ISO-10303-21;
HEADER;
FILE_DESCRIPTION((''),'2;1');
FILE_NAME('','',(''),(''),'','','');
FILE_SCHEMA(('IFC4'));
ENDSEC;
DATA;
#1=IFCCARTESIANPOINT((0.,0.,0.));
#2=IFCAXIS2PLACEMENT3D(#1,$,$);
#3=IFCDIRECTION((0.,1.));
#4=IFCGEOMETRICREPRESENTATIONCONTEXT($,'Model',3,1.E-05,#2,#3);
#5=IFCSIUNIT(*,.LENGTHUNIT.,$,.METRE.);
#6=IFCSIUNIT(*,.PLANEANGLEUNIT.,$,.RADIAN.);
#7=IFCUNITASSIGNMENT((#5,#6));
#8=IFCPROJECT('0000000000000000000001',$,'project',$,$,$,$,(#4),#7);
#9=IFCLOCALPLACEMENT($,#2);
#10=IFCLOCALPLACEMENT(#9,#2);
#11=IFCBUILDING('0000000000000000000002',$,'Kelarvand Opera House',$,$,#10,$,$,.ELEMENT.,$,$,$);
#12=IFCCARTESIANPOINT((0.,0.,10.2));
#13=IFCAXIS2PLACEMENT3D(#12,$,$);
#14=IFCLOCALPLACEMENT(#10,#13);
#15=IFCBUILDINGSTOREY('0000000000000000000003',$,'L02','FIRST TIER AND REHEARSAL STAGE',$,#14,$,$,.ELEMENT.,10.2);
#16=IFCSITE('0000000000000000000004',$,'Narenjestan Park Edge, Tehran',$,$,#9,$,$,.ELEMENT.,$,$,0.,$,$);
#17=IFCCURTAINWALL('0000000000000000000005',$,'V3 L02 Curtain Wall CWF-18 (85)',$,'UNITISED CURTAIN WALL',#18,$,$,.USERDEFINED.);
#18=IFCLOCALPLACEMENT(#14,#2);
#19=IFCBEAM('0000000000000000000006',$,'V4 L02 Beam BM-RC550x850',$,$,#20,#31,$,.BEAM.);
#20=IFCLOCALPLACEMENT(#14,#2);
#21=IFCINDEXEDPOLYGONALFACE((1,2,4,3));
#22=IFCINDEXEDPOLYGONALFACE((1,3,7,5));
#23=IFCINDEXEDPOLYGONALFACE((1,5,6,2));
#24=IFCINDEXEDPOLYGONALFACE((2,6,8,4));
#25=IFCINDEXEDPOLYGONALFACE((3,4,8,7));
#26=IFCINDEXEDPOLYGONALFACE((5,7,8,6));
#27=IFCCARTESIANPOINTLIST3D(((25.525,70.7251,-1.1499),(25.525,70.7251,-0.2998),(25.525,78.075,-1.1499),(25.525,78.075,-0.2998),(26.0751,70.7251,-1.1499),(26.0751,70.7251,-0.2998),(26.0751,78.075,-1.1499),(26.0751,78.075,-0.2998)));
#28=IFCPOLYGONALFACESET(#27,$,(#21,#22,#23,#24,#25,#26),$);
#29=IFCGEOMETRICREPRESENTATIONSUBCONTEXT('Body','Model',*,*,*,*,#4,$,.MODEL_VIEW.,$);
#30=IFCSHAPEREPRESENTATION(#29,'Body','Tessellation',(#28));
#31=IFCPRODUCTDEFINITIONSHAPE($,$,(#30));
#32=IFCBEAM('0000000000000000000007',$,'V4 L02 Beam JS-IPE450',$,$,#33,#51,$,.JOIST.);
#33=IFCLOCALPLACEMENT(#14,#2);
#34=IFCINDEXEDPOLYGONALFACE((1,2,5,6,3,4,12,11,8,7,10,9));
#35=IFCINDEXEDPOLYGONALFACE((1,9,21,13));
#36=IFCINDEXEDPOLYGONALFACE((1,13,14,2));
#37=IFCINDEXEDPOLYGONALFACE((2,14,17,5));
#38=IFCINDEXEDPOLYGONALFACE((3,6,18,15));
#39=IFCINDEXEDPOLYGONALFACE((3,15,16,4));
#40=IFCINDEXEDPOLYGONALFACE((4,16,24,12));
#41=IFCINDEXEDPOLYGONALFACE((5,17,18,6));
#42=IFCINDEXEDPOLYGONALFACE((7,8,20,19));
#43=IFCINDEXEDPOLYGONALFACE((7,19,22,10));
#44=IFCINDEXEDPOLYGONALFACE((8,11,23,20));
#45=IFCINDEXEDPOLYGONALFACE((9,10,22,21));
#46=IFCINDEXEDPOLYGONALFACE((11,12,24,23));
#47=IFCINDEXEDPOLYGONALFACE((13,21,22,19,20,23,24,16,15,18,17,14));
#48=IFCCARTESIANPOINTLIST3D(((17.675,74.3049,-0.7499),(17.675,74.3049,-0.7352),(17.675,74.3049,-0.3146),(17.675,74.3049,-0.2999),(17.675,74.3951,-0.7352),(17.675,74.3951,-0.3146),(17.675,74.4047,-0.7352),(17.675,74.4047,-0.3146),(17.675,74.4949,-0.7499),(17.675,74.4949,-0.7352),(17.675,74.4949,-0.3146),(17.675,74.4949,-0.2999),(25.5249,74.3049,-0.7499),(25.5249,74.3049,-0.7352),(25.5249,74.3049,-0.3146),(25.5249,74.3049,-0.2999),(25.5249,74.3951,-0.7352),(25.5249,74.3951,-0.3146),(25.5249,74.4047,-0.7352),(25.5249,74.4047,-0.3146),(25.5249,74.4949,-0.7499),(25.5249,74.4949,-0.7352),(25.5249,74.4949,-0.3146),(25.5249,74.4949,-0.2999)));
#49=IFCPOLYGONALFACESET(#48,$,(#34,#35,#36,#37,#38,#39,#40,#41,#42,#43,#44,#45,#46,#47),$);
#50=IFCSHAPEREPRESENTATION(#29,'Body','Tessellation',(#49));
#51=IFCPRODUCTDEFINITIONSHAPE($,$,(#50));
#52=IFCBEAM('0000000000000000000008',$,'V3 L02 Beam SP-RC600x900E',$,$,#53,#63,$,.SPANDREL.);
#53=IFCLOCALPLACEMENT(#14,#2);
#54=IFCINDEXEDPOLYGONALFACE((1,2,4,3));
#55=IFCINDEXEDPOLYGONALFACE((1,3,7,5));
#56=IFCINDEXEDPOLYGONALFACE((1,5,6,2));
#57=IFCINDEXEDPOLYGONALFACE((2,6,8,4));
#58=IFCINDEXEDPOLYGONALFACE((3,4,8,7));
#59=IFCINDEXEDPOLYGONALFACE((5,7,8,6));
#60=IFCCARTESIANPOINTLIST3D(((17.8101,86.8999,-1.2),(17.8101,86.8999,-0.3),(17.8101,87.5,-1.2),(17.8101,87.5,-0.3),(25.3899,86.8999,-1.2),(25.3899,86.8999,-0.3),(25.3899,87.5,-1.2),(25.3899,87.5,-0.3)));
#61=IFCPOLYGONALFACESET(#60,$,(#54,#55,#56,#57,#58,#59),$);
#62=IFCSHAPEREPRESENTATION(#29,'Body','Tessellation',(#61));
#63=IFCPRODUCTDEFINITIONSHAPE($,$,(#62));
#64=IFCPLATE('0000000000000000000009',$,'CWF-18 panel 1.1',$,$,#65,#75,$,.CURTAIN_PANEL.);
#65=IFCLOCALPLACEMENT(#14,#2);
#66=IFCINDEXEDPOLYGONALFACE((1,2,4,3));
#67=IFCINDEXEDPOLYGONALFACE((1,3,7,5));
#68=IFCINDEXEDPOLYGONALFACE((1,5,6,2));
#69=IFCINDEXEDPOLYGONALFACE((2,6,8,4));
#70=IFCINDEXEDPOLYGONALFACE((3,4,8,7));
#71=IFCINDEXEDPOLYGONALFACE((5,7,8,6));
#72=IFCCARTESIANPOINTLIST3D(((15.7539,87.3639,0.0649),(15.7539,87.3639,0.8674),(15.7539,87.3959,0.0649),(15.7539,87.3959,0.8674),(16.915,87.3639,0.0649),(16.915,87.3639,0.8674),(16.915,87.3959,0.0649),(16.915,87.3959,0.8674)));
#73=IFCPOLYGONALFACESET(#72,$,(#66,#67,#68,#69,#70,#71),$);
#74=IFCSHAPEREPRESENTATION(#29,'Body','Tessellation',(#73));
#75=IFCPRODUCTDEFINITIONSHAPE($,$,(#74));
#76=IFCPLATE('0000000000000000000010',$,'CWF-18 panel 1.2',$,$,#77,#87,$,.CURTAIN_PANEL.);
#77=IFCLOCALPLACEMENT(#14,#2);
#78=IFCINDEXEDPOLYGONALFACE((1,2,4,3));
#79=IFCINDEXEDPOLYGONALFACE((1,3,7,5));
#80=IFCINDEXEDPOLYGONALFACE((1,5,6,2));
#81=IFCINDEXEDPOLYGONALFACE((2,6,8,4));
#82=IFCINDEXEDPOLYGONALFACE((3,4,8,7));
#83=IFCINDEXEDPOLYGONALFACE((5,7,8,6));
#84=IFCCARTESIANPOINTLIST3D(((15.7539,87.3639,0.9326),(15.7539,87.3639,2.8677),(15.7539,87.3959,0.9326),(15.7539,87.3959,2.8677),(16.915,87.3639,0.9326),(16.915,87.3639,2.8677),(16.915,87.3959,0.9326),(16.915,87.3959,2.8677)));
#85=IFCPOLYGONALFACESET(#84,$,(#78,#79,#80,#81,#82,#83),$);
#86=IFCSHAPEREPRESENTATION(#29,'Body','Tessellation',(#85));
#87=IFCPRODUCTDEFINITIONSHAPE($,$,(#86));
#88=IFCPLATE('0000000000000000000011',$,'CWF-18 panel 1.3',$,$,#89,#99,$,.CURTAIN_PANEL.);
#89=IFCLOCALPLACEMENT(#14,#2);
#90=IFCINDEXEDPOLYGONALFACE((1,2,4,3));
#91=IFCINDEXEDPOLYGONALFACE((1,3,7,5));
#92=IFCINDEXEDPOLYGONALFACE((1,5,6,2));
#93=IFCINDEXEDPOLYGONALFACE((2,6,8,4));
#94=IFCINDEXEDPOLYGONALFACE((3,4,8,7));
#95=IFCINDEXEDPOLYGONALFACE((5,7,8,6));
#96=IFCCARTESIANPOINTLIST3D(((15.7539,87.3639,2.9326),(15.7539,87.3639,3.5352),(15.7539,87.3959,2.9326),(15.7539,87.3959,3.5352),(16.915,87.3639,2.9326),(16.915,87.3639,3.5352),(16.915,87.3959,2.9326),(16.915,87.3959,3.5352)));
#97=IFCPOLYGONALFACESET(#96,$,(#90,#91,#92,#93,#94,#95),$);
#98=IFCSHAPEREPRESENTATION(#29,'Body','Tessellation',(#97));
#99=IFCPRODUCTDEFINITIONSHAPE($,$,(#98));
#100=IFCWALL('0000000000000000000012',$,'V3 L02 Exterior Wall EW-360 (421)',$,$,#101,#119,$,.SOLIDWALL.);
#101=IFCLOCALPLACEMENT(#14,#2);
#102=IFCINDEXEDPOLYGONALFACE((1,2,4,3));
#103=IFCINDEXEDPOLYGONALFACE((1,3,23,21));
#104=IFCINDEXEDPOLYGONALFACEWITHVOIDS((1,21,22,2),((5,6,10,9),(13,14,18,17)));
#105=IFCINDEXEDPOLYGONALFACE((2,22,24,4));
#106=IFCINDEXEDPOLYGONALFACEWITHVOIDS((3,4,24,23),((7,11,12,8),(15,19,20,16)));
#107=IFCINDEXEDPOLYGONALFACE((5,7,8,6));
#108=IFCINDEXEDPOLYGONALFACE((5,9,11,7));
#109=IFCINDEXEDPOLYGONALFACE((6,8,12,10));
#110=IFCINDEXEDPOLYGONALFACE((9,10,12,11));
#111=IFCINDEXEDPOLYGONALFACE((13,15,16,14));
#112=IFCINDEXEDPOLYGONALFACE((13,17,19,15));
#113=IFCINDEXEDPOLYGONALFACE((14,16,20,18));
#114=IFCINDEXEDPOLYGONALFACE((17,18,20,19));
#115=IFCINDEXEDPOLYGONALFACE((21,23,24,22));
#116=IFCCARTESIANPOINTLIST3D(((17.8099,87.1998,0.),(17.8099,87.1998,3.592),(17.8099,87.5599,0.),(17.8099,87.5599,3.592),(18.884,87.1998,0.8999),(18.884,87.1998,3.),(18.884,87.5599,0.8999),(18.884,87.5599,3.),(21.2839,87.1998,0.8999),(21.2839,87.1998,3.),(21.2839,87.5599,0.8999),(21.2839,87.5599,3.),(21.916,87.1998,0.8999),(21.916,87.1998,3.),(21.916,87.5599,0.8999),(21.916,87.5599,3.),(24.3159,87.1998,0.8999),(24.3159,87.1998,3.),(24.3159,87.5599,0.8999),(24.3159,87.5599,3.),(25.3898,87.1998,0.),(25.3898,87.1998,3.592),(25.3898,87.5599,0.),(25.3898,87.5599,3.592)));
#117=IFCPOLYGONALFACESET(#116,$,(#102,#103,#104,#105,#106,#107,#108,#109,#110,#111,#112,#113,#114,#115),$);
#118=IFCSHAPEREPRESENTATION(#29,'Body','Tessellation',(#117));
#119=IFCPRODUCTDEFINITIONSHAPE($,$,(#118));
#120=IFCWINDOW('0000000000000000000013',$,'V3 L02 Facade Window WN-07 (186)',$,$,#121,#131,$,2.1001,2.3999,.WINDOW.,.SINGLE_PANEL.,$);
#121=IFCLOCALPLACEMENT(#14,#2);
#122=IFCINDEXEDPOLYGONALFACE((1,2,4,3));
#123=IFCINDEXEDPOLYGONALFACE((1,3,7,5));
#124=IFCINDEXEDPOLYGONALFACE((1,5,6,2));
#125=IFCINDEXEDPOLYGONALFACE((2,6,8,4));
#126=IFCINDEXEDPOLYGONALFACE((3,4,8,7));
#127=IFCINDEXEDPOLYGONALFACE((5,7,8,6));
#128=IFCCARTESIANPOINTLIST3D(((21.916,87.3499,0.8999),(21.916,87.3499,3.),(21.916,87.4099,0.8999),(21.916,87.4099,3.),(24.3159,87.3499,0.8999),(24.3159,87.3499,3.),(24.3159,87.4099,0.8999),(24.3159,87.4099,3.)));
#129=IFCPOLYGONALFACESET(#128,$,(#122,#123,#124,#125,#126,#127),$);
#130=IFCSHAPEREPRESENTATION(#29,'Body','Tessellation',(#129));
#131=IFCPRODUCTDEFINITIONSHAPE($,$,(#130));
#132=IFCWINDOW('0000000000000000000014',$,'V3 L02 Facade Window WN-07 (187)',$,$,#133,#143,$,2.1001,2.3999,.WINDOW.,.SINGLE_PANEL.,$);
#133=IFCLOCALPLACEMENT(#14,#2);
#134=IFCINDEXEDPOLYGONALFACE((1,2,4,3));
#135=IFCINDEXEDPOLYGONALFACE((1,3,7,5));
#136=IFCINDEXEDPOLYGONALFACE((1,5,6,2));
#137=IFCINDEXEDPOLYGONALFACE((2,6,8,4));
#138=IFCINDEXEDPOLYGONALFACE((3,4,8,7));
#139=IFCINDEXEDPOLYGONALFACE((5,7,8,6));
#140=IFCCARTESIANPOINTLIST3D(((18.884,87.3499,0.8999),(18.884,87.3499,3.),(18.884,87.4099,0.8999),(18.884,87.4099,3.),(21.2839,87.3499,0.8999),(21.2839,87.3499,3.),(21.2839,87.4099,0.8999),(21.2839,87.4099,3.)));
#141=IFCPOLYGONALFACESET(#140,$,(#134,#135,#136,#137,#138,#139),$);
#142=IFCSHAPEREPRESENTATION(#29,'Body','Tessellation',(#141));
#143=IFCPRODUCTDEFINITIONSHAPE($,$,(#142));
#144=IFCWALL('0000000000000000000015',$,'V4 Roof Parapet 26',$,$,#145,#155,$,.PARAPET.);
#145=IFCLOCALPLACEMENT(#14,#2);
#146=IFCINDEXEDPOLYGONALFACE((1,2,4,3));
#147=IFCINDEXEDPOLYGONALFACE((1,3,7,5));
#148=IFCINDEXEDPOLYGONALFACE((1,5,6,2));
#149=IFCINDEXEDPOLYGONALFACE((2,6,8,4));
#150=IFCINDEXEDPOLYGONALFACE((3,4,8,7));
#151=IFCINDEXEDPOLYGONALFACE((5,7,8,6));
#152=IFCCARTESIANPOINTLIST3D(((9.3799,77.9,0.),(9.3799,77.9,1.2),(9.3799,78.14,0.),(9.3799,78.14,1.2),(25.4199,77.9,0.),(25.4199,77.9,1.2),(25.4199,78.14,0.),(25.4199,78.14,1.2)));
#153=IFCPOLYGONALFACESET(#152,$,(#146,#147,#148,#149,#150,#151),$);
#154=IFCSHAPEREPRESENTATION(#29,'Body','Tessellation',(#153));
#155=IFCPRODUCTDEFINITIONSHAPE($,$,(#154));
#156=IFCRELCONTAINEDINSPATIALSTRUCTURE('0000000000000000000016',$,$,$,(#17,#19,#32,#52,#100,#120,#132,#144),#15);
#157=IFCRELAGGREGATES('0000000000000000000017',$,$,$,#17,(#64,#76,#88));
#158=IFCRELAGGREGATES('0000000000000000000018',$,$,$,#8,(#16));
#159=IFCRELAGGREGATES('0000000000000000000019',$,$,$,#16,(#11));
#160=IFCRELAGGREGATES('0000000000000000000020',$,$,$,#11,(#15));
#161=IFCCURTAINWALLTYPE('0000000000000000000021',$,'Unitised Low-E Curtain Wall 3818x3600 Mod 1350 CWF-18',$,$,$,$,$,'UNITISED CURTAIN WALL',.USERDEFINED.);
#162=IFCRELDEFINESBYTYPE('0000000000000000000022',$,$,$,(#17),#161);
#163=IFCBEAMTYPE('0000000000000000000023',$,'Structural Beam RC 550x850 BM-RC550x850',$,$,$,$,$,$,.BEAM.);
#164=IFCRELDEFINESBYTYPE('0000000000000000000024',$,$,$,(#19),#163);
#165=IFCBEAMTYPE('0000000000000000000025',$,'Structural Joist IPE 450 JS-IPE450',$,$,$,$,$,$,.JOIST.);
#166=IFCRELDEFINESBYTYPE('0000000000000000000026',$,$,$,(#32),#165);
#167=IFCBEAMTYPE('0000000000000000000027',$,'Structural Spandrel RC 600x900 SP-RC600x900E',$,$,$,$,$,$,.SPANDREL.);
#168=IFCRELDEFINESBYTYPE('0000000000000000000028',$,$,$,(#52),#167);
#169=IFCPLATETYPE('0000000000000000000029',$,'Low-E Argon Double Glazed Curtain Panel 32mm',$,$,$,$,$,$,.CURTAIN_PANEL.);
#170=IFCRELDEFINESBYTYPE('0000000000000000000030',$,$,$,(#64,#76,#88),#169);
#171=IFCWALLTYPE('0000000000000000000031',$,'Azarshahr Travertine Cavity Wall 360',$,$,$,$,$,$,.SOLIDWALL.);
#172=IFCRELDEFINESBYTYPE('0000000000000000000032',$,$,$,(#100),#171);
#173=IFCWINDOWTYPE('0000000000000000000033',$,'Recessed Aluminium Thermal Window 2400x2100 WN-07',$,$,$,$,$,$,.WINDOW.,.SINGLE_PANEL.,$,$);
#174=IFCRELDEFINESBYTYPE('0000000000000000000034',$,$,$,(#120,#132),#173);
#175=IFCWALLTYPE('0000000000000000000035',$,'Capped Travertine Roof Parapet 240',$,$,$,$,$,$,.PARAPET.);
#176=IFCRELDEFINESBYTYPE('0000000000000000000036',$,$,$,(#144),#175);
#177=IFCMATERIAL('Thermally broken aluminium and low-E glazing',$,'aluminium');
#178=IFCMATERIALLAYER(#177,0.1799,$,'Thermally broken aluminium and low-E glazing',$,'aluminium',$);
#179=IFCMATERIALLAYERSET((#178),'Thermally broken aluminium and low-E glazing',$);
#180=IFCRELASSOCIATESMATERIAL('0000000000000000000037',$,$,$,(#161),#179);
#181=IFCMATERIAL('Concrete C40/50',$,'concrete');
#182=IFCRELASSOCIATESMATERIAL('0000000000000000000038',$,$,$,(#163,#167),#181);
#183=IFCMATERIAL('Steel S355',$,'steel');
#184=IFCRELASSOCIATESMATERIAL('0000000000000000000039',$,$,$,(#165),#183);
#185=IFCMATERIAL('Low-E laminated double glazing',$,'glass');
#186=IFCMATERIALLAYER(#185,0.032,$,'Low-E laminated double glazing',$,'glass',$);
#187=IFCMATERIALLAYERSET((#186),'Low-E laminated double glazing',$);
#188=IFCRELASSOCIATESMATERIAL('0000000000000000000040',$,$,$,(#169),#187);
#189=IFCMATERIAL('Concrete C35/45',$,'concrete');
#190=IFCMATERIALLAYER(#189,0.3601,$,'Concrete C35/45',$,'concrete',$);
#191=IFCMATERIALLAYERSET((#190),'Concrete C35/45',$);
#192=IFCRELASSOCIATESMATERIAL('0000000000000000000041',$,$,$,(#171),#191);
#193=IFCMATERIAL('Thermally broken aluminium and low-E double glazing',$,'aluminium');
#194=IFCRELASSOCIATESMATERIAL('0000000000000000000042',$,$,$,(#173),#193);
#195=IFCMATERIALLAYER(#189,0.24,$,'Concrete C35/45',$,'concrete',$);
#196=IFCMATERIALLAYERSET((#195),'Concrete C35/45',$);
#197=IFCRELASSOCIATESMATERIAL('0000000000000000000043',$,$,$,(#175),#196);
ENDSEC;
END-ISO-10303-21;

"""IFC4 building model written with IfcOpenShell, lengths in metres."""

from ifc_helpers import new_model, si_unit, direction, frame, frame_2d, origin, origin_2d, place, context, subcontext, project, spatial, rectangle, i_section, extrude, material, layer, layer_set, material_profile, profile_set, type_object, element, fill, aggregate, save


model = new_model("IFC4")

# Units and contexts
model_context = context("Model", 3, precision=1e-05, world=origin(), true_north=direction((0.0, 1.0)))
body_context = subcontext(model_context, "Body", "Model", "MODEL_VIEW")
ifc_project = project(units=[si_unit("LENGTHUNIT", "METRE"), si_unit("PLANEANGLEUNIT", "RADIAN")], contexts=[model_context])

# Site, building, storey
site_placement = place(None, origin())
site = spatial("IfcSite", under=ifc_project, at=site_placement, Name="Narenjestan Park Edge, Tehran", CompositionType="ELEMENT", RefElevation=0.0)
building_placement = place(site_placement, origin())
building = spatial("IfcBuilding", under=site, at=building_placement, Name="Kelarvand Opera House", CompositionType="ELEMENT")
storey_placement = place(building_placement, frame((0.0, 0.0, 10.2)))
storey = spatial("IfcBuildingStorey", under=building, at=storey_placement, Name="L02", Description="FIRST TIER AND REHEARSAL STAGE", CompositionType="ELEMENT", Elevation=10.2)

# Shared definitions
ifc_material_1 = material(Name="Concrete C40/50", Category="concrete")

# Curtain wall
ifc_material_2 = material(Name="Thermally broken aluminium and low-E glazing", Category="aluminium")
ifc_layer_1 = layer(ifc_material_2, 0.1799, Name="Thermally broken aluminium and low-E glazing", Category="aluminium")
ifc_layer_set_1 = layer_set([ifc_layer_1], Name="Thermally broken aluminium and low-E glazing")
curtain_wall_type = type_object("IfcCurtainWallType", Name="Unitised Low-E Curtain Wall 3818x3600 Mod 1350 CWF-18", ElementType="UNITISED CURTAIN WALL", PredefinedType="USERDEFINED", material=ifc_layer_set_1)
curtain_wall_placement = place(storey_placement, origin())
curtain_wall = element("IfcCurtainWall", 1, at=curtain_wall_placement, inside=storey, type_object=curtain_wall_type, Name="V3 L02 Curtain Wall CWF-18 (85)", ObjectType="UNITISED CURTAIN WALL", PredefinedType="USERDEFINED")

# Beams
ifc_material_profile_1 = material_profile(ifc_material_1, rectangle(XDim=0.55, YDim=0.8501, at=origin_2d()), Name="RC 550x850", Category="concrete")
ifc_profile_set_1 = profile_set([ifc_material_profile_1], Name="Concrete C40/50")
beam_type_1 = type_object("IfcBeamType", Name="Structural Beam RC 550x850 BM-RC550x850", PredefinedType="BEAM", material=ifc_profile_set_1)
for number, where, z_axis, x_axis, name in (
    (2, (25.8, 70.7251, -0.7249), (0.0, 1.0, 0.0), (-1.0, 0.0, 0.0), "V4 L02 Beam BM-RC550x850"),
):
    element("IfcBeam", number, at=place(storey_placement, frame(where, z_axis=z_axis, x_axis=x_axis)), inside=storey, type_object=beam_type_1, Name=name, PredefinedType="BEAM", context=body_context, shape_type="SweptSolid", body=[
        extrude(rectangle(XDim=0.55, YDim=0.8501, at=origin_2d()), origin(), (0.0, 0.0, 1.0), 7.3499),
    ])
ifc_material_3 = material(Name="Steel S355", Category="steel")
ifc_material_profile_2 = material_profile(ifc_material_3, i_section(OverallWidth=0.1899, OverallDepth=0.45, WebThickness=0.0095, FlangeThickness=0.0146, at=origin_2d()), Name="IPE 450", Category="steel")
ifc_profile_set_2 = profile_set([ifc_material_profile_2], Name="Steel S355")
beam_type_2 = type_object("IfcBeamType", Name="Structural Joist IPE 450 JS-IPE450", PredefinedType="JOIST", material=ifc_profile_set_2)
beam_1_placement = place(storey_placement, frame((17.675, 74.3999, -0.5249), z_axis=(1.0, 0.0, 0.0), x_axis=(0.0, 1.0, 0.0)))
element("IfcBeam", 3, at=beam_1_placement, inside=storey, type_object=beam_type_2, Name="V4 L02 Beam JS-IPE450", PredefinedType="JOIST", context=body_context, shape_type="SweptSolid", body=[
    extrude(i_section(OverallWidth=0.1899, OverallDepth=0.45, WebThickness=0.0095, FlangeThickness=0.0146, at=origin_2d()), origin(), (0.0, 0.0, 1.0), 7.8499),
])
ifc_material_profile_3 = material_profile(ifc_material_1, rectangle(XDim=0.6001, YDim=0.8999, at=origin_2d()), Name="RC 600x900", Category="concrete")
ifc_profile_set_3 = profile_set([ifc_material_profile_3], Name="Concrete C40/50")
beam_type_3 = type_object("IfcBeamType", Name="Structural Spandrel RC 600x900 SP-RC600x900E", PredefinedType="SPANDREL", material=ifc_profile_set_3)
beam_2_placement = place(storey_placement, frame((17.8101, 87.2, -0.75), z_axis=(1.0, 0.0, 0.0), x_axis=(0.0, 1.0, 0.0)))
element("IfcBeam", 4, at=beam_2_placement, inside=storey, type_object=beam_type_3, Name="V3 L02 Beam SP-RC600x900E", PredefinedType="SPANDREL", context=body_context, shape_type="SweptSolid", body=[
    extrude(rectangle(XDim=0.6001, YDim=0.8999, at=origin_2d()), origin(), (0.0, 0.0, 1.0), 7.5798),
])

# Plates
ifc_material_4 = material(Name="Low-E laminated double glazing", Category="glass")
ifc_layer_2 = layer(ifc_material_4, 0.032, Name="Low-E laminated double glazing", Category="glass")
ifc_layer_set_2 = layer_set([ifc_layer_2], Name="Low-E laminated double glazing")
plate_type = type_object("IfcPlateType", Name="Low-E Argon Double Glazed Curtain Panel 32mm", PredefinedType="CURTAIN_PANEL", material=ifc_layer_set_2)
plate_1_placement = place(storey_placement, frame((16.3345, 87.3799, 0.0649), z_axis=(0.0, 0.0, 1.0), x_axis=(-1.0, 0.0, 0.0)))
plate_1 = element("IfcPlate", 5, at=plate_1_placement, type_object=plate_type, Name="CWF-18 panel 1.1", PredefinedType="CURTAIN_PANEL", context=body_context, shape_type="SweptSolid", body=[
    extrude(rectangle(XDim=1.1611, YDim=0.032, at=origin_2d()), origin(), (0.0, 0.0, 1.0), 0.8025),
])
plate_2_placement = place(storey_placement, frame((16.3345, 87.3799, 0.9326), z_axis=(0.0, 0.0, 1.0), x_axis=(-1.0, 0.0, 0.0)))
plate_2 = element("IfcPlate", 6, at=plate_2_placement, type_object=plate_type, Name="CWF-18 panel 1.2", PredefinedType="CURTAIN_PANEL", context=body_context, shape_type="SweptSolid", body=[
    extrude(rectangle(XDim=1.1611, YDim=0.032, at=origin_2d()), origin(), (0.0, 0.0, 1.0), 1.9351),
])
plate_3_placement = place(storey_placement, frame((16.3345, 87.3799, 2.9326), z_axis=(0.0, 0.0, 1.0), x_axis=(-1.0, 0.0, 0.0)))
plate_3 = element("IfcPlate", 7, at=plate_3_placement, type_object=plate_type, Name="CWF-18 panel 1.3", PredefinedType="CURTAIN_PANEL", context=body_context, shape_type="SweptSolid", body=[
    extrude(rectangle(XDim=1.1611, YDim=0.032, at=origin_2d()), origin(), (0.0, 0.0, 1.0), 0.6025),
])
aggregate(curtain_wall, [plate_1, plate_2, plate_3])

# Wall, openings, windows
ifc_material_5 = material(Name="Concrete C35/45", Category="concrete")
ifc_layer_3 = layer(ifc_material_5, 0.3601, Name="Concrete C35/45", Category="concrete")
ifc_layer_set_3 = layer_set([ifc_layer_3], Name="Concrete C35/45")
wall_type_1 = type_object("IfcWallType", Name="Azarshahr Travertine Cavity Wall 360", PredefinedType="SOLIDWALL", material=ifc_layer_set_3)
wall_1_placement = place(storey_placement, frame((25.3899, 87.3799, 0.0), z_axis=(0.0, 0.0, 1.0), x_axis=(-1.0, 0.0, 0.0)))
wall_1 = element("IfcWall", 8, at=wall_1_placement, inside=storey, type_object=wall_type_1, Name="V3 L02 Exterior Wall EW-360 (421)", PredefinedType="SOLIDWALL", context=body_context, shape_type="SweptSolid", body=[
    extrude(rectangle(XDim=7.5798, YDim=0.3601, at=frame_2d((3.79, 0.0))), origin(), (0.0, 0.0, 1.0), 3.592),
])
opening_1_placement = place(wall_1_placement, frame((1.074, 0.0, 0.8999)))
opening_1 = element("IfcOpeningElement", 9, at=opening_1_placement, cuts=wall_1, PredefinedType="OPENING", context=body_context, shape_type="SweptSolid", body=[
    extrude(rectangle(XDim=2.3999, YDim=2.1001, at=frame_2d((1.2, 1.05))), frame((0.0, 0.1899, 0.0), z_axis=(0.0, -1.0, 0.0), x_axis=(1.0, 0.0, 0.0)), (0.0, 0.0, 1.0), 0.3801),
])
opening_2_placement = place(wall_1_placement, frame((4.106, 0.0, 0.8999)))
opening_2 = element("IfcOpeningElement", 10, at=opening_2_placement, cuts=wall_1, PredefinedType="OPENING", context=body_context, shape_type="SweptSolid", body=[
    extrude(rectangle(XDim=2.3999, YDim=2.1001, at=frame_2d((1.2, 1.05))), frame((0.0, 0.1899, 0.0), z_axis=(0.0, -1.0, 0.0), x_axis=(1.0, 0.0, 0.0)), (0.0, 0.0, 1.0), 0.3801),
])
ifc_material_6 = material(Name="Thermally broken aluminium and low-E double glazing", Category="aluminium")
window_type = type_object("IfcWindowType", Name="Recessed Aluminium Thermal Window 2400x2100 WN-07", PartitioningType="SINGLE_PANEL", PredefinedType="WINDOW", material=ifc_material_6)
window_1_placement = place(opening_1_placement, origin())
window_1 = element("IfcWindow", 11, at=window_1_placement, inside=storey, type_object=window_type, Name="V3 L02 Facade Window WN-07 (186)", OverallHeight=2.1001, OverallWidth=2.3999, PartitioningType="SINGLE_PANEL", PredefinedType="WINDOW", context=body_context, shape_type="SweptSolid", body=[
    extrude(rectangle(XDim=2.3999, YDim=2.1001, at=frame_2d((1.2, 1.05))), frame((0.0, 0.03, 0.0), z_axis=(0.0, -1.0, 0.0), x_axis=(1.0, 0.0, 0.0)), (0.0, 0.0, 1.0), 0.0601),
])
fill(opening_1, window_1)
window_2_placement = place(opening_2_placement, origin())
window_2 = element("IfcWindow", 12, at=window_2_placement, inside=storey, type_object=window_type, Name="V3 L02 Facade Window WN-07 (187)", OverallHeight=2.1001, OverallWidth=2.3999, PartitioningType="SINGLE_PANEL", PredefinedType="WINDOW", context=body_context, shape_type="SweptSolid", body=[
    extrude(rectangle(XDim=2.3999, YDim=2.1001, at=frame_2d((1.2, 1.05))), frame((0.0, 0.03, 0.0), z_axis=(0.0, -1.0, 0.0), x_axis=(1.0, 0.0, 0.0)), (0.0, 0.0, 1.0), 0.0601),
])
fill(opening_2, window_2)

# Wall
ifc_layer_4 = layer(ifc_material_5, 0.24, Name="Concrete C35/45", Category="concrete")
ifc_layer_set_4 = layer_set([ifc_layer_4], Name="Concrete C35/45")
wall_type_2 = type_object("IfcWallType", Name="Capped Travertine Roof Parapet 240", PredefinedType="PARAPET", material=ifc_layer_set_4)
wall_2_placement = place(storey_placement, frame((25.4199, 78.02, 0.0), z_axis=(0.0, 0.0, 1.0), x_axis=(-1.0, 0.0, 0.0)))
element("IfcWall", 13, at=wall_2_placement, inside=storey, type_object=wall_type_2, Name="V4 Roof Parapet 26", PredefinedType="PARAPET", context=body_context, shape_type="SweptSolid", body=[
    extrude(rectangle(XDim=16.04, YDim=0.24, at=frame_2d((8.02, 0.0))), origin(), (0.0, 0.0, 1.0), 1.2),
])

save(model, "model.ifc")
